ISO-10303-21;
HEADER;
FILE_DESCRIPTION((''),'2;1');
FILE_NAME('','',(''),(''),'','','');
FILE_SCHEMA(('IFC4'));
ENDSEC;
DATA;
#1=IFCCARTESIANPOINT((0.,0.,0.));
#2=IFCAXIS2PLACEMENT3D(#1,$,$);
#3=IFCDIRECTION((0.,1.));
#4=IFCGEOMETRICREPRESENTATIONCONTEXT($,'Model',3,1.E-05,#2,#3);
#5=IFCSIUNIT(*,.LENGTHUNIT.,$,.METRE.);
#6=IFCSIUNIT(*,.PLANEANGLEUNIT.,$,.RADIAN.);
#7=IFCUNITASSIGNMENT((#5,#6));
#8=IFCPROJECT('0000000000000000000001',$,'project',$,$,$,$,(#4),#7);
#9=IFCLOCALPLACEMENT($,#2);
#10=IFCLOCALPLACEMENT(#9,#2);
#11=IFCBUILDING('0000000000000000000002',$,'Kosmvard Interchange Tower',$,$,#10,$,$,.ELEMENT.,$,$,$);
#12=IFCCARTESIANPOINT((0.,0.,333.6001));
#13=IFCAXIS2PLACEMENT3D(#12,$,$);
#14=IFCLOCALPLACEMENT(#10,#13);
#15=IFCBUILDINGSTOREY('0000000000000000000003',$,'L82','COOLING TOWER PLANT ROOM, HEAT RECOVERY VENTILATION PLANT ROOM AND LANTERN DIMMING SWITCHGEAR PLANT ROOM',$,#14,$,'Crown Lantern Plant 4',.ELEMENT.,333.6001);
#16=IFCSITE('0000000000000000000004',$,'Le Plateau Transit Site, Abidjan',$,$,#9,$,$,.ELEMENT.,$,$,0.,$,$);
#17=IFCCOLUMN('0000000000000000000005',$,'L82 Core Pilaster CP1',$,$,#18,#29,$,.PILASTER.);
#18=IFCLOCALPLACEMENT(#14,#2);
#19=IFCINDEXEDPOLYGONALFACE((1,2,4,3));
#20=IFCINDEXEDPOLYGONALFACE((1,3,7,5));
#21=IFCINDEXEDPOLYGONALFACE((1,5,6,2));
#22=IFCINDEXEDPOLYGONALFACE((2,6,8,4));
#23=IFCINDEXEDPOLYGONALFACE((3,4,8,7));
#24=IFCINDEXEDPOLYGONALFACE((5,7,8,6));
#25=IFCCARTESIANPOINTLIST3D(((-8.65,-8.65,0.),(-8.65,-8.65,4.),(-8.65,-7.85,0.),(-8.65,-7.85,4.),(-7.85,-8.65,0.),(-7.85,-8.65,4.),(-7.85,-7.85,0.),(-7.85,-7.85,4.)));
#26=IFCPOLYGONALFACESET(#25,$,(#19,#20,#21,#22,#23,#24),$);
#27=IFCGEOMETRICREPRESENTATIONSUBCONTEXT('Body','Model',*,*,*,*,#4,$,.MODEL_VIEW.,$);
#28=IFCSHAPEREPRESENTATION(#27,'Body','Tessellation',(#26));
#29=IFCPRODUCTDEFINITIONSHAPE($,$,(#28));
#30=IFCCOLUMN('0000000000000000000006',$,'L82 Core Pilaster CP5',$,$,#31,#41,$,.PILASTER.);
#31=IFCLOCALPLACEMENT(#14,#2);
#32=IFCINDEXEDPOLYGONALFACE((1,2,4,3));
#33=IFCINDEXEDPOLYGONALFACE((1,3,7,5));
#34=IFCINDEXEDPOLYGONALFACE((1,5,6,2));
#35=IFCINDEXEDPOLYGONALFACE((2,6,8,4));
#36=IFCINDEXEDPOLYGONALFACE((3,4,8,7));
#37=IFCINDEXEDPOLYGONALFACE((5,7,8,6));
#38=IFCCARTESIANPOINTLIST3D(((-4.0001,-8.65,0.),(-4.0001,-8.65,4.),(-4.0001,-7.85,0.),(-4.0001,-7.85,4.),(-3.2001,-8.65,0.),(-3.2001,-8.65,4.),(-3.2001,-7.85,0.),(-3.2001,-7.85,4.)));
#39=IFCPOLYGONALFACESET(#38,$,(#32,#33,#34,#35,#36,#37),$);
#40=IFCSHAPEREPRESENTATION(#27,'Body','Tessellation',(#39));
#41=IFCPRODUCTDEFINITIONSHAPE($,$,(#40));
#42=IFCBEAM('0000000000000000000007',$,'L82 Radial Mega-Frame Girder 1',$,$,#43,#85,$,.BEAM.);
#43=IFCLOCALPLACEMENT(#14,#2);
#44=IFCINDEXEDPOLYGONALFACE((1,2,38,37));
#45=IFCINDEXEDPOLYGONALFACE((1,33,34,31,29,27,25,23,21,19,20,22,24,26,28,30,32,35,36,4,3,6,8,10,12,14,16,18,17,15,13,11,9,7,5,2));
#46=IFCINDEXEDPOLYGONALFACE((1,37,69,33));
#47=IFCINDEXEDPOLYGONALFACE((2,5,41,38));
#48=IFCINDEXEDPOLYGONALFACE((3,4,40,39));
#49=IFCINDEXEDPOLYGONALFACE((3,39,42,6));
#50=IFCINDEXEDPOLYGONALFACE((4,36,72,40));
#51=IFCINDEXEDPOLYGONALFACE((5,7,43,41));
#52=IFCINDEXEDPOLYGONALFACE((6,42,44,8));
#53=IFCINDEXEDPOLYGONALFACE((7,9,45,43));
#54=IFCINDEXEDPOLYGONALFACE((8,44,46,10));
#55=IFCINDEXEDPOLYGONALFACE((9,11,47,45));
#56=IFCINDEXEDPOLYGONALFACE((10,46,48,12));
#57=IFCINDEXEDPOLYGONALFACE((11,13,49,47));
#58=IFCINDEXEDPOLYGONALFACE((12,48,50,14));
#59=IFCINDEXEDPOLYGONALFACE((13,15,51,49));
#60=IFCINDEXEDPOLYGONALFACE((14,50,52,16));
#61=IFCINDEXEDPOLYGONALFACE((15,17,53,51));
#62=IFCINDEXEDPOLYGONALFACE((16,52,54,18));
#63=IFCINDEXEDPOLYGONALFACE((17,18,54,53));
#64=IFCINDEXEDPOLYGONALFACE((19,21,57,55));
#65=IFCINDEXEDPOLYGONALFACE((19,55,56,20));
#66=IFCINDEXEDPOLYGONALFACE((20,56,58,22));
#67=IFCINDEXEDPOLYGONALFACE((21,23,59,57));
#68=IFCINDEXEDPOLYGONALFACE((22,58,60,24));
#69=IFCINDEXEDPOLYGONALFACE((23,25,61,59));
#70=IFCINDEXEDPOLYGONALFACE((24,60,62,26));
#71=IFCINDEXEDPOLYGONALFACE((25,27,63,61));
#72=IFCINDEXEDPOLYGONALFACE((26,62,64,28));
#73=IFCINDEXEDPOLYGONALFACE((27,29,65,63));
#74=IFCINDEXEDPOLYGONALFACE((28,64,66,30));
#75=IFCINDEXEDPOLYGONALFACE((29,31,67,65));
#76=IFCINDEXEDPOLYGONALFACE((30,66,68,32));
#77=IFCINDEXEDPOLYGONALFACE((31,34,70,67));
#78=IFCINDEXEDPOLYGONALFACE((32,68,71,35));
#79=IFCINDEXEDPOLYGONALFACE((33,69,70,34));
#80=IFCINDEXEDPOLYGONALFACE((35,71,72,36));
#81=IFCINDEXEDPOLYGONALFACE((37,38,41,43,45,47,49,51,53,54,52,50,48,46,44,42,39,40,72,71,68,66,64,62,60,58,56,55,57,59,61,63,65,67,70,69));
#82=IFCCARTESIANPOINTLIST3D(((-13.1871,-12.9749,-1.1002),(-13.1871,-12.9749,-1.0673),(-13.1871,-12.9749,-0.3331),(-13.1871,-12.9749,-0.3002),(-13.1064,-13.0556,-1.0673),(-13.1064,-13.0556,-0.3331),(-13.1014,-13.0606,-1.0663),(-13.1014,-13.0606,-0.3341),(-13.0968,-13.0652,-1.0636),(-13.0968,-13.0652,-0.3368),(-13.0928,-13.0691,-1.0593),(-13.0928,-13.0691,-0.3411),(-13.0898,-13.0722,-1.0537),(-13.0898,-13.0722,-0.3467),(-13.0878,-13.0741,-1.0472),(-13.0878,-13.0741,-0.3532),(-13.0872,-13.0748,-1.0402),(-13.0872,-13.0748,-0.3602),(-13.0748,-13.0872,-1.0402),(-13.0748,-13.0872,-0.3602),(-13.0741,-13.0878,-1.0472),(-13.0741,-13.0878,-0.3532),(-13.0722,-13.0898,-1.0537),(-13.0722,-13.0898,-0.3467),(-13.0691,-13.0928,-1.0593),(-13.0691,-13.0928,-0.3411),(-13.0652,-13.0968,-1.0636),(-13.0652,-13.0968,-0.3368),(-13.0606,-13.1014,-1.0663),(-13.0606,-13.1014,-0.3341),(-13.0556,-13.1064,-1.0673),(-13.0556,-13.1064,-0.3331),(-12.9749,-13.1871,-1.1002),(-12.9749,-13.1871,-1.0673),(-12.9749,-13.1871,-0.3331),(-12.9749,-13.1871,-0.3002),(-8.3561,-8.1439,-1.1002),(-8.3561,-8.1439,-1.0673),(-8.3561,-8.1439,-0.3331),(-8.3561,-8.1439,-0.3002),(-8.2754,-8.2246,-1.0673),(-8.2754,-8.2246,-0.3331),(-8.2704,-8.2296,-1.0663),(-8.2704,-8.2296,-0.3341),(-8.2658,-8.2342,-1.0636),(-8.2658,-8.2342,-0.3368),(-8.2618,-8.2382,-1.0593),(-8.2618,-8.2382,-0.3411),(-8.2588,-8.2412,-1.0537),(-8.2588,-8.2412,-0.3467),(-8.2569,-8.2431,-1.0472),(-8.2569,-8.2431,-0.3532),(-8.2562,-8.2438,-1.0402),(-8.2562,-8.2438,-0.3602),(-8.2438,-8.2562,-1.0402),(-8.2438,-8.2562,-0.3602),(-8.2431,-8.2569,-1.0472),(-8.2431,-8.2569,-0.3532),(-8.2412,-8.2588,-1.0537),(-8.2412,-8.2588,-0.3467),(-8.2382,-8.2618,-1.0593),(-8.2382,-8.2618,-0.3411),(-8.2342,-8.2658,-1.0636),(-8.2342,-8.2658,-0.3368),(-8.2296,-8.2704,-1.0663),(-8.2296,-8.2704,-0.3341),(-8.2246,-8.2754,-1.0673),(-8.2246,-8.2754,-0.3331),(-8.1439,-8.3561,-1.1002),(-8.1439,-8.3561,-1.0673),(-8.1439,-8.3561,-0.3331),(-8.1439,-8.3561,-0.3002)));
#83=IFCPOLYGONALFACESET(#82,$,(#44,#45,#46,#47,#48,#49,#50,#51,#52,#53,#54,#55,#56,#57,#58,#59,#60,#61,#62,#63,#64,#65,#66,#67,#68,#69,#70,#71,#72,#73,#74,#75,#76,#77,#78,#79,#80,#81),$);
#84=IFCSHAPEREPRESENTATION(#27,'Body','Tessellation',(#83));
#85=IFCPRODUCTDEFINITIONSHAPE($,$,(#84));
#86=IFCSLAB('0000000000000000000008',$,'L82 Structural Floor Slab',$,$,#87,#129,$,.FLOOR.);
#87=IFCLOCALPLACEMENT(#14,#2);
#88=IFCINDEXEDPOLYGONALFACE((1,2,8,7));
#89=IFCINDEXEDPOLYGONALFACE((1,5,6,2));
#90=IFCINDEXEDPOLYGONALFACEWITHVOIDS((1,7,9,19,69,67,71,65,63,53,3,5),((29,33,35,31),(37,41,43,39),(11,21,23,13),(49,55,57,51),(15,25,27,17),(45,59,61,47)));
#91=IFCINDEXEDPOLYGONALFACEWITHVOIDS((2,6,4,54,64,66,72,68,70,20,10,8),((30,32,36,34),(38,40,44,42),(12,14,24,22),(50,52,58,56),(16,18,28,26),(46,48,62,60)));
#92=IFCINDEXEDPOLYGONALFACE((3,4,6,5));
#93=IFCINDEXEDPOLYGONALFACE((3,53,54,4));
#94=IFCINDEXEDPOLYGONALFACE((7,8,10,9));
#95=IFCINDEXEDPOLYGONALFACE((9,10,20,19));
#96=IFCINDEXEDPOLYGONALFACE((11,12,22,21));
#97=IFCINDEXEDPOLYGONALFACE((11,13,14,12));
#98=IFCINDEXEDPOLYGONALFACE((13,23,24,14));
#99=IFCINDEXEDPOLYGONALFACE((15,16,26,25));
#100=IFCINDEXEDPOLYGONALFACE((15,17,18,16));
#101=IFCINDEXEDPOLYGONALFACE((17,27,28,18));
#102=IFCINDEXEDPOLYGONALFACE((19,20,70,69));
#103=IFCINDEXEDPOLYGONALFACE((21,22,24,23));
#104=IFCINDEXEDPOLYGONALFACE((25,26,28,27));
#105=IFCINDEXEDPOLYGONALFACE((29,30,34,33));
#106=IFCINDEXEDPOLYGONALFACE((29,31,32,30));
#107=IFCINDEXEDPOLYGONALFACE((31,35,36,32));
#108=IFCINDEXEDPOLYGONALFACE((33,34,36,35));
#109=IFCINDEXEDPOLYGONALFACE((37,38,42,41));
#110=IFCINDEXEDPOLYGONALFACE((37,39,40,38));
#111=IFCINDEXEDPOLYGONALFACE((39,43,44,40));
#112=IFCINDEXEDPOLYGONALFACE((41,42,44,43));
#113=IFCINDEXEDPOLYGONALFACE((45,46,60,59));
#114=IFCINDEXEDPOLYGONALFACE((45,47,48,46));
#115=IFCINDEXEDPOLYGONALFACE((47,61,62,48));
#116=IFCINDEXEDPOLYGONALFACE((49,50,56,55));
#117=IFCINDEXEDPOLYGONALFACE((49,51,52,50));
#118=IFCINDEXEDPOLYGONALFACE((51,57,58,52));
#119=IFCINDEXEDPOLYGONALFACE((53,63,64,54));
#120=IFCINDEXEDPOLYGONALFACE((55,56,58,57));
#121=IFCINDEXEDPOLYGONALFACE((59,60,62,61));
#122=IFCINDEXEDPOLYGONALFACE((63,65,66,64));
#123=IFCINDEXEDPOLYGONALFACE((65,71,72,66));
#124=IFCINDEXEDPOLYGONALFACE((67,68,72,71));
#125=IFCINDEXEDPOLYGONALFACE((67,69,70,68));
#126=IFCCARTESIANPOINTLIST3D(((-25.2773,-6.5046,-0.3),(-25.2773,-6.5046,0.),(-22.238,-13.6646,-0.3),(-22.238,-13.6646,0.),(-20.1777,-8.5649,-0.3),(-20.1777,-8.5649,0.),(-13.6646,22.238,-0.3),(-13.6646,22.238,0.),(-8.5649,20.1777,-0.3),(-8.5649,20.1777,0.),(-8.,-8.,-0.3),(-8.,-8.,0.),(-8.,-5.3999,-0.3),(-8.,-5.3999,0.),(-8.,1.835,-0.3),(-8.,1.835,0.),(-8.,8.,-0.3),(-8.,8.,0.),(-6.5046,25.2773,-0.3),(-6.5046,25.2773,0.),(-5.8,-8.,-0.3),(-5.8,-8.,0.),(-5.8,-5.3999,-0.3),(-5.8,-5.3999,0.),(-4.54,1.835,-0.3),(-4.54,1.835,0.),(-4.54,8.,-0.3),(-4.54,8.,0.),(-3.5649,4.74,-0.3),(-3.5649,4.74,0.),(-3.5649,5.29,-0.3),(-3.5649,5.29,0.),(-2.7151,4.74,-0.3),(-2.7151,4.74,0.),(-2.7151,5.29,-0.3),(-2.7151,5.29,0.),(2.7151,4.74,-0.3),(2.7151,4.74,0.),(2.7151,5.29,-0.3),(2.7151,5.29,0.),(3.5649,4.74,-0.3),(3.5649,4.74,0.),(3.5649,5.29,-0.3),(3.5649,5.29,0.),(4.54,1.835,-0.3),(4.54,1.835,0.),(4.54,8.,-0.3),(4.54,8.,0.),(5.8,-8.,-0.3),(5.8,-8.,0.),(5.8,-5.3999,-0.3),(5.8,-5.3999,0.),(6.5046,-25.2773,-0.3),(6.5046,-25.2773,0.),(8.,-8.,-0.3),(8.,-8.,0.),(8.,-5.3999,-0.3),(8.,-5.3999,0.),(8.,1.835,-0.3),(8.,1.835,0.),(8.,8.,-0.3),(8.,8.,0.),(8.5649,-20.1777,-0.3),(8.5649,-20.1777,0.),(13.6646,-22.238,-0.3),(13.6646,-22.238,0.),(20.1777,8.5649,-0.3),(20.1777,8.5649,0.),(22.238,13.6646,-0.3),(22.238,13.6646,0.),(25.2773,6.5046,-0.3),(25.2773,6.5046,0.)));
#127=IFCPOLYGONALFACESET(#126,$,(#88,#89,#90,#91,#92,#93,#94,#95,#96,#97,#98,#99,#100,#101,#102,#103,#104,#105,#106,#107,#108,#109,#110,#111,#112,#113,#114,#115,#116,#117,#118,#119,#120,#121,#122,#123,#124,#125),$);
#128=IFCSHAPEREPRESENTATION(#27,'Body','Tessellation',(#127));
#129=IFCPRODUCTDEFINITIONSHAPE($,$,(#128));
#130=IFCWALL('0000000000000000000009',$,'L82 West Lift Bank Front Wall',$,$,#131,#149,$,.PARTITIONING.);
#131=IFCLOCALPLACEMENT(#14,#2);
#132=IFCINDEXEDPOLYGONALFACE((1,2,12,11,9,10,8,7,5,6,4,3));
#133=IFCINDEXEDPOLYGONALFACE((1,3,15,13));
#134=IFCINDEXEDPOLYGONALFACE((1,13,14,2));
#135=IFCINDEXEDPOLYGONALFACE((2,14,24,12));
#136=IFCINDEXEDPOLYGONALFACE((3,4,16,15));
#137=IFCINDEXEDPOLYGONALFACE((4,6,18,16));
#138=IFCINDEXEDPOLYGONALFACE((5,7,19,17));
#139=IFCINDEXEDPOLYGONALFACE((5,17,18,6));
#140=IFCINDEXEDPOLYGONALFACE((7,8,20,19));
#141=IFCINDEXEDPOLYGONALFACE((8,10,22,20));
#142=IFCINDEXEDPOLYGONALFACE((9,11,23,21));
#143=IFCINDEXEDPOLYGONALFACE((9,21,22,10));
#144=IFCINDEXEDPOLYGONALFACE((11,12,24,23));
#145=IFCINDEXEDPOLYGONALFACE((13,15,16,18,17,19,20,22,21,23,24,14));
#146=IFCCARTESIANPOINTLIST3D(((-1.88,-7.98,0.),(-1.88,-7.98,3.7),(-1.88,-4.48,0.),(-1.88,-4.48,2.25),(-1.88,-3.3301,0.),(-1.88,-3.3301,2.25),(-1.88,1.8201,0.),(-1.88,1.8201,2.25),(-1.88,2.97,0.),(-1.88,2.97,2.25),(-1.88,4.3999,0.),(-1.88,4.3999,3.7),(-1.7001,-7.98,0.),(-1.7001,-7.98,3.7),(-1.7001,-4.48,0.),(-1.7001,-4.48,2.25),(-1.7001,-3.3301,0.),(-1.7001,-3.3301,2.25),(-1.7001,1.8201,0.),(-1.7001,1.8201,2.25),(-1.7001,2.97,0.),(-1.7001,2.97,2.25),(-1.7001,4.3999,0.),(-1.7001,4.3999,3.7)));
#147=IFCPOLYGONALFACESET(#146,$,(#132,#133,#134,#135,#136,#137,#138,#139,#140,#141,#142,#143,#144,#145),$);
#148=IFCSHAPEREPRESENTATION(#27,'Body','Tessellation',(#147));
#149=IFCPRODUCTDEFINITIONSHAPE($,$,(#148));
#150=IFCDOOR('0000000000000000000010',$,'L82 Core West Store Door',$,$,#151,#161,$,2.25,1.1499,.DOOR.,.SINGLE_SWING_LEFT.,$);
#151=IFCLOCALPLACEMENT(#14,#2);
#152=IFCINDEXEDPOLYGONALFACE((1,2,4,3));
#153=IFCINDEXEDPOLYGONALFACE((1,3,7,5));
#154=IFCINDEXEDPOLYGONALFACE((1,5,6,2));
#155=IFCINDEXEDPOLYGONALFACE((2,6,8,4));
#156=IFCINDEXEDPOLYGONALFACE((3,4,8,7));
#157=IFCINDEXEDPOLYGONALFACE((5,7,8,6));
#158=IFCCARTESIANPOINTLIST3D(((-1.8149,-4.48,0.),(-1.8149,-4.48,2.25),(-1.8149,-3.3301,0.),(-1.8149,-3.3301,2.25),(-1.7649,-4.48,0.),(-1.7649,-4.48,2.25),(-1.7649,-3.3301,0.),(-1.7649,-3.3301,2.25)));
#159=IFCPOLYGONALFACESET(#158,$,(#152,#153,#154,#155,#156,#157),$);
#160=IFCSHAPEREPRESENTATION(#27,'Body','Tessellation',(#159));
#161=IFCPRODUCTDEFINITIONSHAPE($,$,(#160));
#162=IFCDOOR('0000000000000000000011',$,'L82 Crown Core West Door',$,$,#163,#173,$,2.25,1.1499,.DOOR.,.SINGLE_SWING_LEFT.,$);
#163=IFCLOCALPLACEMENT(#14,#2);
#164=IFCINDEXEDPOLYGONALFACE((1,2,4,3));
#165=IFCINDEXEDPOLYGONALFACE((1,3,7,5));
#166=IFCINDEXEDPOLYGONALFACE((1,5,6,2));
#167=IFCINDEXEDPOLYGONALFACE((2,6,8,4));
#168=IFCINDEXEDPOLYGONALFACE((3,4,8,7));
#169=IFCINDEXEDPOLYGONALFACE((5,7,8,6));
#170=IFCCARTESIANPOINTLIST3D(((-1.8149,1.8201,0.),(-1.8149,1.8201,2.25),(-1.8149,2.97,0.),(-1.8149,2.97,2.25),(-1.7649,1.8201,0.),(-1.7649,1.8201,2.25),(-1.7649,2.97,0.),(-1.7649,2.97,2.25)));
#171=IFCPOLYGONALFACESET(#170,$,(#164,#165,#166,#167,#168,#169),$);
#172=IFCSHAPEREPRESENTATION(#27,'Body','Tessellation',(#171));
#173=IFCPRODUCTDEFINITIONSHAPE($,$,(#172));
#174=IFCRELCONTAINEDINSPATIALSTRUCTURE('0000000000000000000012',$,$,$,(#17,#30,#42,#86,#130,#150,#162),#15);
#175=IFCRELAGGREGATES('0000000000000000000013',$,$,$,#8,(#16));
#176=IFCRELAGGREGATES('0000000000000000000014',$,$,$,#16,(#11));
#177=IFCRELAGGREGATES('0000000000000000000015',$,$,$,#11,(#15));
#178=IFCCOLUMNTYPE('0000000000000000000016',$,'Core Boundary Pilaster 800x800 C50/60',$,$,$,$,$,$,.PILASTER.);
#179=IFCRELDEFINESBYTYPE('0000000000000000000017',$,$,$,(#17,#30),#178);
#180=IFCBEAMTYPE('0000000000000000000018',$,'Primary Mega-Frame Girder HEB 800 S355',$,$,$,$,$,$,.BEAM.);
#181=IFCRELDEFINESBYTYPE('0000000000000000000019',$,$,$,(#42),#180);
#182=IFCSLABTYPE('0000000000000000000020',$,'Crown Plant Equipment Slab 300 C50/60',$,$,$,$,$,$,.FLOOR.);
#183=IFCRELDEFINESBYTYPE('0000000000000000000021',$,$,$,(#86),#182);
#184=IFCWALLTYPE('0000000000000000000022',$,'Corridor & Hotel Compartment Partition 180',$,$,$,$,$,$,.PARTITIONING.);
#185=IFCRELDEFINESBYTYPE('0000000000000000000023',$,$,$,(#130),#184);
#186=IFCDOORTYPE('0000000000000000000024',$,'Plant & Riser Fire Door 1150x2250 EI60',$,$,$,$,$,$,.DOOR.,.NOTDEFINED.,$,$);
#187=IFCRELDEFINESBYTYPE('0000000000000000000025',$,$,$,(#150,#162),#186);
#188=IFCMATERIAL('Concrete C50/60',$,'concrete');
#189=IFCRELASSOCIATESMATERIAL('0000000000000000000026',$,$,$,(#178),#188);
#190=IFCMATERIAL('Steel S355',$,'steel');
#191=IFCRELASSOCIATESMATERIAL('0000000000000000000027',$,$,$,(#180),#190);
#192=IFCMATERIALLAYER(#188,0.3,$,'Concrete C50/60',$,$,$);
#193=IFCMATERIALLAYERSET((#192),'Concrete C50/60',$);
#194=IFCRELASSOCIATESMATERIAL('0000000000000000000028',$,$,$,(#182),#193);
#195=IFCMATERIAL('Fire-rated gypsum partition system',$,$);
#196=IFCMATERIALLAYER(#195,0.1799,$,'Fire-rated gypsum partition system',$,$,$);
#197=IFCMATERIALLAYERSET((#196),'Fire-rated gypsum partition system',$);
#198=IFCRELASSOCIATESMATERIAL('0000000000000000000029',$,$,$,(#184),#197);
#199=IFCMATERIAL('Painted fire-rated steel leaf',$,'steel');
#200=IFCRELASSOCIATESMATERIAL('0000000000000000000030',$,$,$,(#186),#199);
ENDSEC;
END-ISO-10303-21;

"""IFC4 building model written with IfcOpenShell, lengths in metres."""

from ifc_helpers import new_model, si_unit, direction, frame, frame_2d, origin, origin_2d, place, context, subcontext, project, spatial, polyline, rectangle, i_section, outline, extrude, source, transform, mapped, material, layer, layer_set, material_profile, profile_set, type_object, element, fill, save


model = new_model("IFC4")

# Units and contexts
model_context = context("Model", 3, precision=1e-05, world=origin(), true_north=direction((0.0, 1.0)))
body_context = subcontext(model_context, "Body", "Model", "MODEL_VIEW")
ifc_project = project(units=[si_unit("LENGTHUNIT", "METRE"), si_unit("PLANEANGLEUNIT", "RADIAN")], contexts=[model_context])

# Site, building, storey
site_placement = place(None, origin())
site = spatial("IfcSite", under=ifc_project, at=site_placement, Name="Le Plateau Transit Site, Abidjan", CompositionType="ELEMENT", RefElevation=0.0)
building_placement = place(site_placement, origin())
building = spatial("IfcBuilding", under=site, at=building_placement, Name="Kosmvard Interchange Tower", CompositionType="ELEMENT")
storey_placement = place(building_placement, frame((0.0, 0.0, 333.6001)))
storey = spatial("IfcBuildingStorey", under=building, at=storey_placement, Name="L82", Description="COOLING TOWER PLANT ROOM, HEAT RECOVERY VENTILATION PLANT ROOM AND LANTERN DIMMING SWITCHGEAR PLANT ROOM", LongName="Crown Lantern Plant 4", CompositionType="ELEMENT", Elevation=333.6001)

# Columns
ifc_material_1 = material(Name="Concrete C50/60", Category="concrete")
ifc_material_profile_1 = material_profile(ifc_material_1, rectangle(XDim=0.8, YDim=0.8, at=origin_2d()), Name="CP 800x800")
ifc_profile_set_1 = profile_set([ifc_material_profile_1], Name="Concrete C50/60")
column_type = type_object("IfcColumnType", Name="Core Boundary Pilaster 800x800 C50/60", PredefinedType="PILASTER", material=ifc_profile_set_1)
shared_shape_1 = source(origin(), body_context, "Body", "SweptSolid", [
    extrude(rectangle(XDim=0.8, YDim=0.8, at=origin_2d()), origin(), (0.0, 0.0, 1.0), 4.0),
])
for number, where, z_axis, x_axis, name in (
    (1, (-8.25, -8.25, 0.0), (0.0, 0.0, 1.0), (1.0, 0.0, 0.0), "L82 Core Pilaster CP1"),
    (2, (-3.6001, -8.25, 0.0), (0.0, 0.0, 1.0), (1.0, 0.0, 0.0), "L82 Core Pilaster CP5"),
):
    element("IfcColumn", number, at=place(storey_placement, frame(where, z_axis=z_axis, x_axis=x_axis)), inside=storey, type_object=column_type, Name=name, PredefinedType="PILASTER", context=body_context, shape_type="MappedRepresentation", body=[
        mapped(shared_shape_1, transform((0.0, 0.0, 0.0), scale=1.0)),
    ])

# Beam
ifc_material_2 = material(Name="Steel S355", Category="steel")
ifc_material_profile_2 = material_profile(ifc_material_2, i_section(OverallWidth=0.3, OverallDepth=0.8, WebThickness=0.0176, FlangeThickness=0.033, FilletRadius=0.0271, at=origin_2d()), Name="HEB 800")
ifc_profile_set_2 = profile_set([ifc_material_profile_2], Name="Steel S355")
beam_type = type_object("IfcBeamType", Name="Primary Mega-Frame Girder HEB 800 S355", PredefinedType="BEAM", material=ifc_profile_set_2)
shared_shape_2 = source(origin(), body_context, "Body", "SweptSolid", [
    extrude(i_section(OverallWidth=0.3, OverallDepth=0.8, WebThickness=0.0176, FlangeThickness=0.033, FilletRadius=0.0271, at=origin_2d()), origin(), (0.0, 0.0, 1.0), 6.832),
])
beam_placement = place(storey_placement, frame((-8.25, -8.25, -0.7002), z_axis=(-0.707107, -0.707107, 0.0), x_axis=(0.707107, -0.707107, 0.0)))
element("IfcBeam", 3, at=beam_placement, inside=storey, type_object=beam_type, Name="L82 Radial Mega-Frame Girder 1", PredefinedType="BEAM", context=body_context, shape_type="MappedRepresentation", body=[
    mapped(shared_shape_2, transform((0.0, 0.0, 0.0), scale=1.0)),
])

# Slab
ifc_layer_1 = layer(ifc_material_1, 0.3, Name="Concrete C50/60")
ifc_layer_set_1 = layer_set([ifc_layer_1], Name="Concrete C50/60")
slab_type = type_object("IfcSlabType", Name="Crown Plant Equipment Slab 300 C50/60", PredefinedType="FLOOR", material=ifc_layer_set_1)
slab_placement = place(storey_placement, frame((0.0, 0.0, -0.3)))
element("IfcSlab", 4, at=slab_placement, inside=storey, type_object=slab_type, Name="L82 Structural Floor Slab", PredefinedType="FLOOR", context=body_context, shape_type="SweptSolid", body=[
    extrude(outline(polyline([(13.6646, -22.238), (25.2773, 6.5046), (20.1777, 8.5649), (22.238, 13.6646), (-6.5046, 25.2773), (-8.5649, 20.1777), (-13.6646, 22.238), (-25.2773, -6.5046), (-20.1777, -8.5649), (-22.238, -13.6646), (6.5046, -25.2773), (8.5649, -20.1777), (13.6646, -22.238)]), holes=[polyline([(-8.0, 1.835), (-4.54, 1.835), (-4.54, 8.0), (-8.0, 8.0), (-8.0, 1.835)]), polyline([(4.54, 1.835), (8.0, 1.835), (8.0, 8.0), (4.54, 8.0), (4.54, 1.835)]), polyline([(-8.0, -8.0), (-5.8, -8.0), (-5.8, -5.3999), (-8.0, -5.3999), (-8.0, -8.0)]), polyline([(5.8, -8.0), (8.0, -8.0), (8.0, -5.3999), (5.8, -5.3999), (5.8, -8.0)]), polyline([(-3.5649, 4.74), (-2.7151, 4.74), (-2.7151, 5.29), (-3.5649, 5.29), (-3.5649, 4.74)]), polyline([(2.7151, 4.74), (3.5649, 4.74), (3.5649, 5.29), (2.7151, 5.29), (2.7151, 4.74)])]), origin(), (0.0, 0.0, 1.0), 0.3),
])

# Wall, openings, doors
ifc_material_3 = material(Name="Fire-rated gypsum partition system")
ifc_layer_2 = layer(ifc_material_3, 0.1799, Name="Fire-rated gypsum partition system")
ifc_layer_set_2 = layer_set([ifc_layer_2], Name="Fire-rated gypsum partition system")
wall_type_1 = type_object("IfcWallType", Name="Corridor & Hotel Compartment Partition 180", PredefinedType="PARTITIONING", material=ifc_layer_set_2)
wall_1_placement = place(storey_placement, frame((-1.79, -7.98, 0.0), z_axis=(0.0, 0.0, 1.0), x_axis=(0.0, 1.0, 0.0)))
wall_1 = element("IfcWall", 5, at=wall_1_placement, inside=storey, type_object=wall_type_1, Name="L82 West Lift Bank Front Wall", PredefinedType="PARTITIONING", context=body_context, shape_type="SweptSolid", body=[
    extrude(rectangle(XDim=12.3799, YDim=0.1799, at=frame_2d((6.1899, 0.0))), origin(), (0.0, 0.0, 1.0), 3.7),
])
opening_1_placement = place(wall_1_placement, frame((3.5, 0.0, 0.0)))
opening_1 = element("IfcOpeningElement", 6, at=opening_1_placement, cuts=wall_1, PredefinedType="OPENING", context=body_context, shape_type="SweptSolid", body=[
    extrude(rectangle(XDim=1.1499, YDim=2.25, at=frame_2d((0.575, 1.125))), frame((0.0, 0.1001, 0.0), z_axis=(0.0, -1.0, 0.0), x_axis=(1.0, 0.0, 0.0)), (0.0, 0.0, 1.0), 0.2),
])
opening_2_placement = place(wall_1_placement, frame((9.8, 0.0, 0.0)))
opening_2 = element("IfcOpeningElement", 7, at=opening_2_placement, cuts=wall_1, PredefinedType="OPENING", context=body_context, shape_type="SweptSolid", body=[
    extrude(rectangle(XDim=1.1499, YDim=2.25, at=frame_2d((0.575, 1.125))), frame((0.0, 0.1001, 0.0), z_axis=(0.0, -1.0, 0.0), x_axis=(1.0, 0.0, 0.0)), (0.0, 0.0, 1.0), 0.2),
])
ifc_material_4 = material(Name="Painted fire-rated steel leaf", Category="steel")
door_type_1 = type_object("IfcDoorType", Name="Plant & Riser Fire Door 1150x2250 EI60", OperationType="NOTDEFINED", PredefinedType="DOOR", material=ifc_material_4)
shared_shape_3 = source(origin(), body_context, "Body", "SweptSolid", [
    extrude(rectangle(XDim=1.1499, YDim=2.25, at=frame_2d((0.575, 1.125))), frame((0.0, 0.0249, 0.0), z_axis=(0.0, -1.0, 0.0), x_axis=(1.0, 0.0, 0.0)), (0.0, 0.0, 1.0), 0.05),
])
door_1_placement = place(opening_1_placement, origin())
door_1 = element("IfcDoor", 8, at=door_1_placement, inside=storey, type_object=door_type_1, Name="L82 Core West Store Door", OperationType="SINGLE_SWING_LEFT", OverallHeight=2.25, OverallWidth=1.1499, PredefinedType="DOOR", context=body_context, shape_type="MappedRepresentation", body=[
    mapped(shared_shape_3, transform((0.0, 0.0, 0.0), scale=1.0)),
])
fill(opening_1, door_1)
door_2_placement = place(opening_2_placement, origin())
door_2 = element("IfcDoor", 9, at=door_2_placement, inside=storey, type_object=door_type_1, Name="L82 Crown Core West Door", OperationType="SINGLE_SWING_LEFT", OverallHeight=2.25, OverallWidth=1.1499, PredefinedType="DOOR", context=body_context, shape_type="MappedRepresentation", body=[
    mapped(shared_shape_3, transform((0.0, 0.0, 0.0), scale=1.0)),
])
fill(opening_2, door_2)

save(model, "model.ifc")
